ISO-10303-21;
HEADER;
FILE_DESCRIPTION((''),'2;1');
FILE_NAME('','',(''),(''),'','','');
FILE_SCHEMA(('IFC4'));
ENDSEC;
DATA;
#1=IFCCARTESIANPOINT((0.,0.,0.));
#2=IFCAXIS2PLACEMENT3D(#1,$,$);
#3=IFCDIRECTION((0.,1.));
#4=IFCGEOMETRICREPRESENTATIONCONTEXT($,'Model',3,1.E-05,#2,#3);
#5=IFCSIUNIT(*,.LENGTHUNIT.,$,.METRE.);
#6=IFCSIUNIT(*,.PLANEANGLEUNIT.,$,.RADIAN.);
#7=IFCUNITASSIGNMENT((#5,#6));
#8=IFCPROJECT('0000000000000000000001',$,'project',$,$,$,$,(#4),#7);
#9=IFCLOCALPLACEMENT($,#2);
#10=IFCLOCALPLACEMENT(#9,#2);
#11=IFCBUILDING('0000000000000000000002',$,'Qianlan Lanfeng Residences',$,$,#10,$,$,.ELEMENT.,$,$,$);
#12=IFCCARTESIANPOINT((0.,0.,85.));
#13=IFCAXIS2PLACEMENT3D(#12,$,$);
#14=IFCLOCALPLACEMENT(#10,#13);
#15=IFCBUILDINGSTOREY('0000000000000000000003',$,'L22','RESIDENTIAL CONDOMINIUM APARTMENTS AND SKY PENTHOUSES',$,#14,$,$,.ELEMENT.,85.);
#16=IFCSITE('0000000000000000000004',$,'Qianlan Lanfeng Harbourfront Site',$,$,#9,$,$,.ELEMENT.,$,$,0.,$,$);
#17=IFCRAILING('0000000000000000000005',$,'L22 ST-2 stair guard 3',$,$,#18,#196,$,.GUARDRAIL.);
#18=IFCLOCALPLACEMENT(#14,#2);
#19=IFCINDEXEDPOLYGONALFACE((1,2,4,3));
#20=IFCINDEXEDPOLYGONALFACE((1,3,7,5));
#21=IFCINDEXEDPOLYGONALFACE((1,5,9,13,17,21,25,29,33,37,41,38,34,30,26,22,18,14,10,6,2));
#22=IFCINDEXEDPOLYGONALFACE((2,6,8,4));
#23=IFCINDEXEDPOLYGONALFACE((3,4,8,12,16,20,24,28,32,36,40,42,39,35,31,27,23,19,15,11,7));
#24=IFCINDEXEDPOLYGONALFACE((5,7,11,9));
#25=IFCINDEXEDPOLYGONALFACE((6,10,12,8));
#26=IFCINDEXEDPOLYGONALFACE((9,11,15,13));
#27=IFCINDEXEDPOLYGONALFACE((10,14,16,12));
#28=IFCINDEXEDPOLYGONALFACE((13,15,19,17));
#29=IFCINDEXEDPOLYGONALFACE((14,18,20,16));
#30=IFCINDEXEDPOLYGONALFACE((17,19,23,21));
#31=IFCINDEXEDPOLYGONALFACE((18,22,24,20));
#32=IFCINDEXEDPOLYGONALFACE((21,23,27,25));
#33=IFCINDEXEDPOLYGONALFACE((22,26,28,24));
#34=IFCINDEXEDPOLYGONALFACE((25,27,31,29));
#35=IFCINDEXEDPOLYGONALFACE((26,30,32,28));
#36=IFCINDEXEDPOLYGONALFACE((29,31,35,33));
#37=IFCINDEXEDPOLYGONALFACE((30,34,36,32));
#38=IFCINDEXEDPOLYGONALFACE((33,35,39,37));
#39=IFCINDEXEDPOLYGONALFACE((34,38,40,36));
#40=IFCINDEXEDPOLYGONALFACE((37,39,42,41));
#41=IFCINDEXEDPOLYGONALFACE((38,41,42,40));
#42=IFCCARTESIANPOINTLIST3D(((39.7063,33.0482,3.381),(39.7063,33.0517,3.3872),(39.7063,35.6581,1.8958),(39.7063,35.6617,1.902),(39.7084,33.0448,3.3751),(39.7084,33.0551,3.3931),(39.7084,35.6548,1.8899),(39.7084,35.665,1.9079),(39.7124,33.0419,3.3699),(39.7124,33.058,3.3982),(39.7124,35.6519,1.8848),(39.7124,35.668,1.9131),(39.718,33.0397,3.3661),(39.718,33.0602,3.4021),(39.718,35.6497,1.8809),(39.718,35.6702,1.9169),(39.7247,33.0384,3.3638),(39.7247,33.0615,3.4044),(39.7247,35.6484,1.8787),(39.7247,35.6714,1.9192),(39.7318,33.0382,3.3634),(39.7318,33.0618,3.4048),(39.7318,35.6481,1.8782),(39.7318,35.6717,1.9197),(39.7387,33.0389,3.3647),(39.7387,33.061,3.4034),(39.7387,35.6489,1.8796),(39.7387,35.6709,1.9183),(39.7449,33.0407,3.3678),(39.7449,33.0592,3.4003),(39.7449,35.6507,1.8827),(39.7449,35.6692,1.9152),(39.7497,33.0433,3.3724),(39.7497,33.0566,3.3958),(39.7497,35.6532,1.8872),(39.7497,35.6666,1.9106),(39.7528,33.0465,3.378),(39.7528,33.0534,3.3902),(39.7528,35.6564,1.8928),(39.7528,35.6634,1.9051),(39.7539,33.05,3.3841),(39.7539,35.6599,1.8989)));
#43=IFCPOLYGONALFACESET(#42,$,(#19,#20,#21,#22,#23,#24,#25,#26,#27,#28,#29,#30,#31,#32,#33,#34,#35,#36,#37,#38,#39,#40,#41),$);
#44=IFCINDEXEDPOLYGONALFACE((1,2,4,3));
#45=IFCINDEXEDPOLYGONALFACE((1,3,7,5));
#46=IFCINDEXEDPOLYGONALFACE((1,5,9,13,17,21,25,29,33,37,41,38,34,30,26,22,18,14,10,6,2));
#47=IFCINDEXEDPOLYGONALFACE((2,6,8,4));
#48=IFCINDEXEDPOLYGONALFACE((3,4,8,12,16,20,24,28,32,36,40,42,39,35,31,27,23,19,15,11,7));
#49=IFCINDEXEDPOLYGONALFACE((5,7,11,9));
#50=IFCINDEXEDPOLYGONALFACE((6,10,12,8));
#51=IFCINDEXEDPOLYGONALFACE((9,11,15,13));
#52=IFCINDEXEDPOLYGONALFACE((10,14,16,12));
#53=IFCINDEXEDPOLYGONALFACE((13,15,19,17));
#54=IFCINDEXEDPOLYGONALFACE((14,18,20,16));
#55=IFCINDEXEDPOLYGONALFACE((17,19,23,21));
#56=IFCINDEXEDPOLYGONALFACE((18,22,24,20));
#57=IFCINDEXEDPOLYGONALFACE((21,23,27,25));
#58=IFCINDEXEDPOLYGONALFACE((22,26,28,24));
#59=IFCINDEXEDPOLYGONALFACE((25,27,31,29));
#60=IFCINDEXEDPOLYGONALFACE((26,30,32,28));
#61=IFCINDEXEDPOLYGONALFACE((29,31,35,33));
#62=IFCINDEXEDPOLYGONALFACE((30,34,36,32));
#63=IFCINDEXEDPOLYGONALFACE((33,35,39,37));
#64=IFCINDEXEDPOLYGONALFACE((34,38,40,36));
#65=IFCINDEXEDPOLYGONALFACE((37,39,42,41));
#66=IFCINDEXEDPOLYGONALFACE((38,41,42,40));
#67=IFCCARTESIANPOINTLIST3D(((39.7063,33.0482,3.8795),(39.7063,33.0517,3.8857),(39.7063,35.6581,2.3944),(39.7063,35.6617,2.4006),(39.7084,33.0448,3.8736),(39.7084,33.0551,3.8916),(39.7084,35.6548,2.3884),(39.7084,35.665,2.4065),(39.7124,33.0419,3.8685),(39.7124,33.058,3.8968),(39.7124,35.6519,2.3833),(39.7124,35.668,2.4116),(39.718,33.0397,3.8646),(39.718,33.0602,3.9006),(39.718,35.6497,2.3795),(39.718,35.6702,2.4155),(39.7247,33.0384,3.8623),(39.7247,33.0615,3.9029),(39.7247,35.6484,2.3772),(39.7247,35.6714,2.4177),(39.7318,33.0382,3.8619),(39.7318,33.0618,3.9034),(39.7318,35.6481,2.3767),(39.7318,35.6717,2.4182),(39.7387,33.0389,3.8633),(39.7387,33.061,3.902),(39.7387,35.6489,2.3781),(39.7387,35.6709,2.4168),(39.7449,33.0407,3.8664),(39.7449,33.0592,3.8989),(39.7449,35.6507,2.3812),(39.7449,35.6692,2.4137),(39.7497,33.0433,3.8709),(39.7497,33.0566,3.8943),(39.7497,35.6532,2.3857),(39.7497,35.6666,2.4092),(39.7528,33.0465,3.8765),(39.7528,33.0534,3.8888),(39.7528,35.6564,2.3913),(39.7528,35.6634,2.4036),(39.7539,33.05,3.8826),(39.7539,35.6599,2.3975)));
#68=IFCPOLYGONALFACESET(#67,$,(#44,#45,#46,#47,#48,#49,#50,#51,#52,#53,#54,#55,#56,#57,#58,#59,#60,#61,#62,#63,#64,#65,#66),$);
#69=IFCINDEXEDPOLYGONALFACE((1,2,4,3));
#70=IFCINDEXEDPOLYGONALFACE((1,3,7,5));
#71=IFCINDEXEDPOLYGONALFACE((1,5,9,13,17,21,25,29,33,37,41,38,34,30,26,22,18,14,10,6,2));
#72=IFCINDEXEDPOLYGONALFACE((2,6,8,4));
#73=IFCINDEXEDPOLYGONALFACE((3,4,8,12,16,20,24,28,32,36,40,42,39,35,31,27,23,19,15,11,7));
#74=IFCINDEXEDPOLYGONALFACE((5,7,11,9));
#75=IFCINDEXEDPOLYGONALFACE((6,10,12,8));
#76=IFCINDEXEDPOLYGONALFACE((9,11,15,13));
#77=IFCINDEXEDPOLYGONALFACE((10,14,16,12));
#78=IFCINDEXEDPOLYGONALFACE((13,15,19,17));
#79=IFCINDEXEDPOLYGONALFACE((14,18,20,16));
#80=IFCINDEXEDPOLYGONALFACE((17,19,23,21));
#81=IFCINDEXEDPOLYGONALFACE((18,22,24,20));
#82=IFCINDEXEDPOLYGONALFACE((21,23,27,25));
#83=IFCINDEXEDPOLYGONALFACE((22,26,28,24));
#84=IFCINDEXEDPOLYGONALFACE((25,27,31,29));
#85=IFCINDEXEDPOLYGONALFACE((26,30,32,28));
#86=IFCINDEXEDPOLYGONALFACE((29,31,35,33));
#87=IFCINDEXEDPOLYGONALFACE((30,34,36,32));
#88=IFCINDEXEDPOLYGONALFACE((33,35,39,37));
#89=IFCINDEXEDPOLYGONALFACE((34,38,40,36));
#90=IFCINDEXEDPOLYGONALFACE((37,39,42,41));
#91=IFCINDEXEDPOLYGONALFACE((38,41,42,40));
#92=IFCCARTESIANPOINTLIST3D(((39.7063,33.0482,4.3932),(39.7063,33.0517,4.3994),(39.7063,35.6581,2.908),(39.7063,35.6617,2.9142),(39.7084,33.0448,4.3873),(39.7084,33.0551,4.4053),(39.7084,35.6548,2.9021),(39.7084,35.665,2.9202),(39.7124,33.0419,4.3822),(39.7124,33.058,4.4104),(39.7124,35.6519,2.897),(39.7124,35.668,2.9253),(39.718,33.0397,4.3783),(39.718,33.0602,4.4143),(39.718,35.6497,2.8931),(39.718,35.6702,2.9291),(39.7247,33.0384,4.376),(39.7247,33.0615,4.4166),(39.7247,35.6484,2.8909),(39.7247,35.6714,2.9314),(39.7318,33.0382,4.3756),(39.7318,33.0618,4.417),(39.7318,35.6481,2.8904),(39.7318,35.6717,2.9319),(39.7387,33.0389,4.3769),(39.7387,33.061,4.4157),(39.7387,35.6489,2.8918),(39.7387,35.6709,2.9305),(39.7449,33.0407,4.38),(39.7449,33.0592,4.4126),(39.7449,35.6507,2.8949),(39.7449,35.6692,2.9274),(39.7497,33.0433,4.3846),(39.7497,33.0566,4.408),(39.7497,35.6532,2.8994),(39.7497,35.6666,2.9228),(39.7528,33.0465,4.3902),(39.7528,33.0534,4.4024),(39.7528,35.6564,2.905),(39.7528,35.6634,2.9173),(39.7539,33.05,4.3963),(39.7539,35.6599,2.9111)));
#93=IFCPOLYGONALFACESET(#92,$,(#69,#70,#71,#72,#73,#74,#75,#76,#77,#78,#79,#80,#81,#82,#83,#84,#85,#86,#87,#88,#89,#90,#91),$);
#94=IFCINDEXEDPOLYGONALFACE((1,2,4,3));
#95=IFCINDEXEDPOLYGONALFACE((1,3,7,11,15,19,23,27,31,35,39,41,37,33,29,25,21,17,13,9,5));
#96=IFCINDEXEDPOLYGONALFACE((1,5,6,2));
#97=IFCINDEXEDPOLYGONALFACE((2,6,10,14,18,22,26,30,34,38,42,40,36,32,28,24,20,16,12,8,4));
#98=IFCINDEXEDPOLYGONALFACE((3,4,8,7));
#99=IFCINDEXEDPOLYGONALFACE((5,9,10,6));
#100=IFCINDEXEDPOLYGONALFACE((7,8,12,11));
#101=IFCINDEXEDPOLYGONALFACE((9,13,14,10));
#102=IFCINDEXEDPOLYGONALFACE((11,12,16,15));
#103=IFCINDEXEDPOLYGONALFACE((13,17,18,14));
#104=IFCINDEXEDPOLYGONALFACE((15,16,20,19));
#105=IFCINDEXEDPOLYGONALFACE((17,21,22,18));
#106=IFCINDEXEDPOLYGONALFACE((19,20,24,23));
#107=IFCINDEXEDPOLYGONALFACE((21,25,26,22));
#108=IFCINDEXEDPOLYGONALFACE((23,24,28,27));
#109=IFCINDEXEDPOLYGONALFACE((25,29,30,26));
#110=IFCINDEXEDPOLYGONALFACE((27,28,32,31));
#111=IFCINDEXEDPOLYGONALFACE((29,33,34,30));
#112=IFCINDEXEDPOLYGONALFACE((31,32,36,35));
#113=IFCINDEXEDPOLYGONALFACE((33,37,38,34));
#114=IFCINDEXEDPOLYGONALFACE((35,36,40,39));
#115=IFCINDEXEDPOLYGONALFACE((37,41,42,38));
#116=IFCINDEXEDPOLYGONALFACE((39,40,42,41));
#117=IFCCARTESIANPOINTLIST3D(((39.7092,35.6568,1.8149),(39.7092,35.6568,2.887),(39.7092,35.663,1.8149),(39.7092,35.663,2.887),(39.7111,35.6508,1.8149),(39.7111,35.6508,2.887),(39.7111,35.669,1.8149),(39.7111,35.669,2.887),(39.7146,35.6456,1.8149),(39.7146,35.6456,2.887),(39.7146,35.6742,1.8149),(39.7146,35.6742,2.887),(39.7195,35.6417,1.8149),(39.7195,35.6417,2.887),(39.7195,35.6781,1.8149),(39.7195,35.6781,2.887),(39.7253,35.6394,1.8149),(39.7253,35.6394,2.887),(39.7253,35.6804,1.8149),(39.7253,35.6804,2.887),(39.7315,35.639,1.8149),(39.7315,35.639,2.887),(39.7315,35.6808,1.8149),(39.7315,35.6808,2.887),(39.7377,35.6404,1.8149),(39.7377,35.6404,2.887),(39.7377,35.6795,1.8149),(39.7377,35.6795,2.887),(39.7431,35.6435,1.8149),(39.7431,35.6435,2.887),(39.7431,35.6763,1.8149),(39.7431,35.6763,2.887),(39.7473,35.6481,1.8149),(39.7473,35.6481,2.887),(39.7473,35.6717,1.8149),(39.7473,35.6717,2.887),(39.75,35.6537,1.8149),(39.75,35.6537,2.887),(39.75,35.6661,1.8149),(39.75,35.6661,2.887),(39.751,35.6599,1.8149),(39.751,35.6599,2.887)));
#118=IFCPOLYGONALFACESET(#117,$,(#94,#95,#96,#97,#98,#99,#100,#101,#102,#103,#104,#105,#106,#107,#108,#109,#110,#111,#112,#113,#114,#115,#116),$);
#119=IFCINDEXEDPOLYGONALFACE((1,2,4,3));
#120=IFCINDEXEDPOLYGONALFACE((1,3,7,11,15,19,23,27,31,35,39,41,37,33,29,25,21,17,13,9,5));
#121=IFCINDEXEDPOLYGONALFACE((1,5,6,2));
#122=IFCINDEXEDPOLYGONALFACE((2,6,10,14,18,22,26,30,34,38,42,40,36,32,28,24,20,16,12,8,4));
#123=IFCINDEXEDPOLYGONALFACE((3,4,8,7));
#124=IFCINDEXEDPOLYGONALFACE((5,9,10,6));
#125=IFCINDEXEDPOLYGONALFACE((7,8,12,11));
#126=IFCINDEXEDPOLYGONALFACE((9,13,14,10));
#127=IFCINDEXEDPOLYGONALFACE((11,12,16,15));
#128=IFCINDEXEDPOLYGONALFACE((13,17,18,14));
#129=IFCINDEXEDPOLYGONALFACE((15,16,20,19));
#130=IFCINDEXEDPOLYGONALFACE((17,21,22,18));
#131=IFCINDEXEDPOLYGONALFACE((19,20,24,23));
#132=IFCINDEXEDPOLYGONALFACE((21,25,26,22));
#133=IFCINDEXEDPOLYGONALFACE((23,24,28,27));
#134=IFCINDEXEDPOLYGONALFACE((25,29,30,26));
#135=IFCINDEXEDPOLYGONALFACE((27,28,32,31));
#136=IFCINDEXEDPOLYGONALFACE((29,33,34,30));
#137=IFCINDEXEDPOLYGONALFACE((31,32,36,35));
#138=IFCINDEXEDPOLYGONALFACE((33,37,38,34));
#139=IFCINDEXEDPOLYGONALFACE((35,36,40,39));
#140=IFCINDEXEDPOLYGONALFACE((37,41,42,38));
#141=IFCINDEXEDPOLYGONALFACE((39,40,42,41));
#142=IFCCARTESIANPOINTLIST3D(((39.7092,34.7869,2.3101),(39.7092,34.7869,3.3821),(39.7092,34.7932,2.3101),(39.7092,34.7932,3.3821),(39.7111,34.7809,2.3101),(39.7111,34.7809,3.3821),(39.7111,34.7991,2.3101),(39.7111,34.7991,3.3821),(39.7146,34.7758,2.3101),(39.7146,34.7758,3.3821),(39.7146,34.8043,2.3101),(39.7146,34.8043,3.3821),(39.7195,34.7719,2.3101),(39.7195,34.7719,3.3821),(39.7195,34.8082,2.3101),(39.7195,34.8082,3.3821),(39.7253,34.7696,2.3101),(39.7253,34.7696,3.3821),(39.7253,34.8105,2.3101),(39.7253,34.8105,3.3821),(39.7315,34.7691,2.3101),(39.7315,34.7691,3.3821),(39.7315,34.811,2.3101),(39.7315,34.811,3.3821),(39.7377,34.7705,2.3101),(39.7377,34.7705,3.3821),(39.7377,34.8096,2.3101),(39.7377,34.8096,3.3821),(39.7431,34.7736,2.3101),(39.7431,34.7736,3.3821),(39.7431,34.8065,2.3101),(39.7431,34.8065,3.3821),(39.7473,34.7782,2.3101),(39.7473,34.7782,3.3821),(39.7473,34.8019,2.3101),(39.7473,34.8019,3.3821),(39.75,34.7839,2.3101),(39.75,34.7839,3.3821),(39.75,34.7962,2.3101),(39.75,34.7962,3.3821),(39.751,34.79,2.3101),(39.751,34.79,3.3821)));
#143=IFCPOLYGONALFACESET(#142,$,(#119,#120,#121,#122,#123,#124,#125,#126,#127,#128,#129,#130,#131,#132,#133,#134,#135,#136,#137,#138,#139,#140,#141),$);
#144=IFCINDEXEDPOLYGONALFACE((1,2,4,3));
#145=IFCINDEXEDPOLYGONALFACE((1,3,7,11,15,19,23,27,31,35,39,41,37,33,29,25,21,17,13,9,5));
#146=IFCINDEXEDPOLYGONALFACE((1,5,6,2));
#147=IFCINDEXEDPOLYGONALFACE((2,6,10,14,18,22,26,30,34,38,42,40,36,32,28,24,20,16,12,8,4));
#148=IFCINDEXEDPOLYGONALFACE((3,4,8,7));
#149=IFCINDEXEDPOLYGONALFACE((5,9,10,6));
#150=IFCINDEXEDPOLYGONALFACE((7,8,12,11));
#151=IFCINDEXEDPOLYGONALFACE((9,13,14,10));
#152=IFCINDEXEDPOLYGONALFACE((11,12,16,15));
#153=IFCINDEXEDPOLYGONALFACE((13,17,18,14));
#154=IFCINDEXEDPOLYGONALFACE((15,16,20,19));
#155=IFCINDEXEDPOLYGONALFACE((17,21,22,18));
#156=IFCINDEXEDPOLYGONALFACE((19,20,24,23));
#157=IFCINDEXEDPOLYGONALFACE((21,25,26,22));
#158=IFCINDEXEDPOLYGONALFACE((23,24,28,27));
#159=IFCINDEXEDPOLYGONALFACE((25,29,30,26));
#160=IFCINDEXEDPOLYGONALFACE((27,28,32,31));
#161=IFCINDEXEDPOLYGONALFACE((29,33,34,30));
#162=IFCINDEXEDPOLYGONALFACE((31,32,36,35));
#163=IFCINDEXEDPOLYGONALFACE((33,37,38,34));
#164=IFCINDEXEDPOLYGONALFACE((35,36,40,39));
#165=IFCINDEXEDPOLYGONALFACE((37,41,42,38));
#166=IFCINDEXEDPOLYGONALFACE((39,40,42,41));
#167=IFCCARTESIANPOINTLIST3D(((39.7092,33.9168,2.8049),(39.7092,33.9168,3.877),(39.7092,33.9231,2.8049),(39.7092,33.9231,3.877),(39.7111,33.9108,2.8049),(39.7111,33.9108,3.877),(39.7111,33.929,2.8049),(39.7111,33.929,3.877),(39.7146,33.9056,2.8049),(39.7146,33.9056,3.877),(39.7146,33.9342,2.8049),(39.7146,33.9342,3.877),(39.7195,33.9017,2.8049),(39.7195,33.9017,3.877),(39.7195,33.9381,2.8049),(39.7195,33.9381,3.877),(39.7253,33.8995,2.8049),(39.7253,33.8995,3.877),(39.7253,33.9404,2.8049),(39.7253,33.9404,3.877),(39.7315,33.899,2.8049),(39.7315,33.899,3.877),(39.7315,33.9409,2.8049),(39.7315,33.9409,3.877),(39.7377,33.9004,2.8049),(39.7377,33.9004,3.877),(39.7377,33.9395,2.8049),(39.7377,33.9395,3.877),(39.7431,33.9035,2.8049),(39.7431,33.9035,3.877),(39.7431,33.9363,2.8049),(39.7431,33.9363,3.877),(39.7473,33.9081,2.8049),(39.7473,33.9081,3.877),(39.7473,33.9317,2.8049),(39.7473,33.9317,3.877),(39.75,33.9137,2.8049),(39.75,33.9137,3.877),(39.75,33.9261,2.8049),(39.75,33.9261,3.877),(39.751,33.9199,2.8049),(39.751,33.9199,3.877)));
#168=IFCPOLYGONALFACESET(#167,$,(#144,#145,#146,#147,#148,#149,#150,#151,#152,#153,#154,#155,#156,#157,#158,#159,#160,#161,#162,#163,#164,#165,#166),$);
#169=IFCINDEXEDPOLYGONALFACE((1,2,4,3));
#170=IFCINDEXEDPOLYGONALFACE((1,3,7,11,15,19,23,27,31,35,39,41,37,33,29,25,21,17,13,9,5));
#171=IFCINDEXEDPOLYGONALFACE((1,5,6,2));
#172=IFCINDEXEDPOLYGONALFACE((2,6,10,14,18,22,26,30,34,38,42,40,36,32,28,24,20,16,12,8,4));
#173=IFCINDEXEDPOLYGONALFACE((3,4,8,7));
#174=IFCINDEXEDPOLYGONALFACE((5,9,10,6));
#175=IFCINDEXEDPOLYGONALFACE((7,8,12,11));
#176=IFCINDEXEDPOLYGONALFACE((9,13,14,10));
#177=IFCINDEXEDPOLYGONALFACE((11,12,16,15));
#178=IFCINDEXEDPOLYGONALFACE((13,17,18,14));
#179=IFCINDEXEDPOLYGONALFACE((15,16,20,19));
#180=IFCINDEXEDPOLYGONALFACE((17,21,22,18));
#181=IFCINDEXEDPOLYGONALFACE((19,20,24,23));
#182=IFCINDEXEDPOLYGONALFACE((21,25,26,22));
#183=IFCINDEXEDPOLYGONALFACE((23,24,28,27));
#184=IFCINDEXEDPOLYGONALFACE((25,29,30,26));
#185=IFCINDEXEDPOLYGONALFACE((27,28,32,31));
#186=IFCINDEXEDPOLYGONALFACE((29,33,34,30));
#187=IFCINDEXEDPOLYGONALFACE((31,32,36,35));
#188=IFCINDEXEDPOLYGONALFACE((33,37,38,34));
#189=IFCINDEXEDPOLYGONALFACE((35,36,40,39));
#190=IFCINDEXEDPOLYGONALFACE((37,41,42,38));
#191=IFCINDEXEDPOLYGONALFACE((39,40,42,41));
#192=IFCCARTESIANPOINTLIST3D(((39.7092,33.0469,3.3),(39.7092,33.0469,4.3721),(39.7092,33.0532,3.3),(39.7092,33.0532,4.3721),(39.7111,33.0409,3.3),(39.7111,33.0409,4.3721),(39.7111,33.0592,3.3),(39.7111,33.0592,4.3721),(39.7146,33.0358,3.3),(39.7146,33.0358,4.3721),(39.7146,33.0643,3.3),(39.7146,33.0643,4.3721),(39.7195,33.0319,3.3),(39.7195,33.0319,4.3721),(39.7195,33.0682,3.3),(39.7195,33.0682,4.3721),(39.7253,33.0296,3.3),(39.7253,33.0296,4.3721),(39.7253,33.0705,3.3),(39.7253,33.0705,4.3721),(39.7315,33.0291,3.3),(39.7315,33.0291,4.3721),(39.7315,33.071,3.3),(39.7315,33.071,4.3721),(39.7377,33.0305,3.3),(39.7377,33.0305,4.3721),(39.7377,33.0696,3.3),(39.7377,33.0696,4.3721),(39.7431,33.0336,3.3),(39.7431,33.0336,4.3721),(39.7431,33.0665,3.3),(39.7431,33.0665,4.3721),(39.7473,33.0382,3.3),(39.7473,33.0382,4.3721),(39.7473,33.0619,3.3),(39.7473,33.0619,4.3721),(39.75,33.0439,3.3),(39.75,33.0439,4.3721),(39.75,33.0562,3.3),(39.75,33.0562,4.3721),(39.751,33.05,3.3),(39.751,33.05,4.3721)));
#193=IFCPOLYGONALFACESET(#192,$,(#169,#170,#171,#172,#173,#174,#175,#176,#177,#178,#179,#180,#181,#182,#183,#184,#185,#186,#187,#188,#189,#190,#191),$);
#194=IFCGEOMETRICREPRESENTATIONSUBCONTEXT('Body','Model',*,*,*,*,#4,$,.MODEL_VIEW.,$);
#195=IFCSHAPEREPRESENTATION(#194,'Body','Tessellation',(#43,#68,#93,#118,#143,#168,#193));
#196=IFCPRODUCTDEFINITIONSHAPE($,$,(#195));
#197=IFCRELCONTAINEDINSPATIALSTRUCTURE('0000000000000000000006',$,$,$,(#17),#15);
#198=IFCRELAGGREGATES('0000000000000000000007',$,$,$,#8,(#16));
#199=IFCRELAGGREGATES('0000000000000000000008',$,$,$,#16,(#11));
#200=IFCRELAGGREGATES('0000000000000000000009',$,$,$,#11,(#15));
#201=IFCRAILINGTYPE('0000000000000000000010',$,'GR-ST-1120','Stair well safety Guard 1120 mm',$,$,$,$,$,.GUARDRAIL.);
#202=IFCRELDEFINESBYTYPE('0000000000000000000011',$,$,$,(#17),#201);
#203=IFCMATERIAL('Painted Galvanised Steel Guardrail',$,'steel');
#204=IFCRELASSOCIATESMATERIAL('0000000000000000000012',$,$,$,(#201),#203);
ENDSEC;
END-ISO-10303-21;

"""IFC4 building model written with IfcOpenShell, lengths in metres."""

from ifc_helpers import new_model, si_unit, direction, frame, origin, origin_2d, place, context, subcontext, project, spatial, circle, extrude, material, type_object, element, save


model = new_model("IFC4")

# Units and contexts
model_context = context("Model", 3, precision=1e-05, world=origin(), true_north=direction((0.0, 1.0)))
body_context = subcontext(model_context, "Body", "Model", "MODEL_VIEW")
ifc_project = project(units=[si_unit("LENGTHUNIT", "METRE"), si_unit("PLANEANGLEUNIT", "RADIAN")], contexts=[model_context])

# Site, building, storey
site_placement = place(None, origin())
site = spatial("IfcSite", under=ifc_project, at=site_placement, Name="Qianlan Lanfeng Harbourfront Site", CompositionType="ELEMENT", RefElevation=0.0)
building_placement = place(site_placement, origin())
building = spatial("IfcBuilding", under=site, at=building_placement, Name="Qianlan Lanfeng Residences", CompositionType="ELEMENT")
storey_placement = place(building_placement, frame((0.0, 0.0, 85.0)))
storey = spatial("IfcBuildingStorey", under=building, at=storey_placement, Name="L22", Description="RESIDENTIAL CONDOMINIUM APARTMENTS AND SKY PENTHOUSES", CompositionType="ELEMENT", Elevation=85.0)

# Railing
ifc_material_1 = material(Name="Painted Galvanised Steel Guardrail", Category="steel")
railing_type_1 = type_object("IfcRailingType", Name="GR-ST-1120", Description="Stair well safety Guard 1120 mm", PredefinedType="GUARDRAIL", material=ifc_material_1)
railing_1_placement = place(storey_placement, frame((39.73, 35.6599, 1.8149)))
element("IfcRailing", 1, at=railing_1_placement, inside=storey, type_object=railing_type_1, Name="L22 ST-2 stair guard 3", PredefinedType="GUARDRAIL", context=body_context, shape_type="SweptSolid", body=[
    extrude(circle(Radius=0.0239, at=origin_2d()), frame((0.0, 0.0, 0.084), z_axis=(0.0, -0.869137, 0.494571), x_axis=(1.0, 0.0, 0.0)), (0.0, 0.0, 1.0), 3.0029),
    extrude(circle(Radius=0.0239, at=origin_2d()), frame((0.0, 0.0, 0.5825), z_axis=(0.0, -0.869137, 0.494571), x_axis=(1.0, 0.0, 0.0)), (0.0, 0.0, 1.0), 3.0029),
    extrude(circle(Radius=0.0239, at=origin_2d()), frame((0.0, 0.0, 1.0962), z_axis=(0.0, -0.869137, 0.494571), x_axis=(1.0, 0.0, 0.0)), (0.0, 0.0, 1.0), 3.0029),
    extrude(circle(Radius=0.021, at=origin_2d()), origin(), (0.0, 0.0, 1.0), 1.072),
    extrude(circle(Radius=0.021, at=origin_2d()), frame((0.0, -0.8699, 0.4951)), (0.0, 0.0, 1.0), 1.072),
    extrude(circle(Radius=0.021, at=origin_2d()), frame((0.0, -1.74, 0.99)), (0.0, 0.0, 1.0), 1.072),
    extrude(circle(Radius=0.021, at=origin_2d()), frame((0.0, -2.6099, 1.4851)), (0.0, 0.0, 1.0), 1.072),
])

save(model, "model.ifc")
